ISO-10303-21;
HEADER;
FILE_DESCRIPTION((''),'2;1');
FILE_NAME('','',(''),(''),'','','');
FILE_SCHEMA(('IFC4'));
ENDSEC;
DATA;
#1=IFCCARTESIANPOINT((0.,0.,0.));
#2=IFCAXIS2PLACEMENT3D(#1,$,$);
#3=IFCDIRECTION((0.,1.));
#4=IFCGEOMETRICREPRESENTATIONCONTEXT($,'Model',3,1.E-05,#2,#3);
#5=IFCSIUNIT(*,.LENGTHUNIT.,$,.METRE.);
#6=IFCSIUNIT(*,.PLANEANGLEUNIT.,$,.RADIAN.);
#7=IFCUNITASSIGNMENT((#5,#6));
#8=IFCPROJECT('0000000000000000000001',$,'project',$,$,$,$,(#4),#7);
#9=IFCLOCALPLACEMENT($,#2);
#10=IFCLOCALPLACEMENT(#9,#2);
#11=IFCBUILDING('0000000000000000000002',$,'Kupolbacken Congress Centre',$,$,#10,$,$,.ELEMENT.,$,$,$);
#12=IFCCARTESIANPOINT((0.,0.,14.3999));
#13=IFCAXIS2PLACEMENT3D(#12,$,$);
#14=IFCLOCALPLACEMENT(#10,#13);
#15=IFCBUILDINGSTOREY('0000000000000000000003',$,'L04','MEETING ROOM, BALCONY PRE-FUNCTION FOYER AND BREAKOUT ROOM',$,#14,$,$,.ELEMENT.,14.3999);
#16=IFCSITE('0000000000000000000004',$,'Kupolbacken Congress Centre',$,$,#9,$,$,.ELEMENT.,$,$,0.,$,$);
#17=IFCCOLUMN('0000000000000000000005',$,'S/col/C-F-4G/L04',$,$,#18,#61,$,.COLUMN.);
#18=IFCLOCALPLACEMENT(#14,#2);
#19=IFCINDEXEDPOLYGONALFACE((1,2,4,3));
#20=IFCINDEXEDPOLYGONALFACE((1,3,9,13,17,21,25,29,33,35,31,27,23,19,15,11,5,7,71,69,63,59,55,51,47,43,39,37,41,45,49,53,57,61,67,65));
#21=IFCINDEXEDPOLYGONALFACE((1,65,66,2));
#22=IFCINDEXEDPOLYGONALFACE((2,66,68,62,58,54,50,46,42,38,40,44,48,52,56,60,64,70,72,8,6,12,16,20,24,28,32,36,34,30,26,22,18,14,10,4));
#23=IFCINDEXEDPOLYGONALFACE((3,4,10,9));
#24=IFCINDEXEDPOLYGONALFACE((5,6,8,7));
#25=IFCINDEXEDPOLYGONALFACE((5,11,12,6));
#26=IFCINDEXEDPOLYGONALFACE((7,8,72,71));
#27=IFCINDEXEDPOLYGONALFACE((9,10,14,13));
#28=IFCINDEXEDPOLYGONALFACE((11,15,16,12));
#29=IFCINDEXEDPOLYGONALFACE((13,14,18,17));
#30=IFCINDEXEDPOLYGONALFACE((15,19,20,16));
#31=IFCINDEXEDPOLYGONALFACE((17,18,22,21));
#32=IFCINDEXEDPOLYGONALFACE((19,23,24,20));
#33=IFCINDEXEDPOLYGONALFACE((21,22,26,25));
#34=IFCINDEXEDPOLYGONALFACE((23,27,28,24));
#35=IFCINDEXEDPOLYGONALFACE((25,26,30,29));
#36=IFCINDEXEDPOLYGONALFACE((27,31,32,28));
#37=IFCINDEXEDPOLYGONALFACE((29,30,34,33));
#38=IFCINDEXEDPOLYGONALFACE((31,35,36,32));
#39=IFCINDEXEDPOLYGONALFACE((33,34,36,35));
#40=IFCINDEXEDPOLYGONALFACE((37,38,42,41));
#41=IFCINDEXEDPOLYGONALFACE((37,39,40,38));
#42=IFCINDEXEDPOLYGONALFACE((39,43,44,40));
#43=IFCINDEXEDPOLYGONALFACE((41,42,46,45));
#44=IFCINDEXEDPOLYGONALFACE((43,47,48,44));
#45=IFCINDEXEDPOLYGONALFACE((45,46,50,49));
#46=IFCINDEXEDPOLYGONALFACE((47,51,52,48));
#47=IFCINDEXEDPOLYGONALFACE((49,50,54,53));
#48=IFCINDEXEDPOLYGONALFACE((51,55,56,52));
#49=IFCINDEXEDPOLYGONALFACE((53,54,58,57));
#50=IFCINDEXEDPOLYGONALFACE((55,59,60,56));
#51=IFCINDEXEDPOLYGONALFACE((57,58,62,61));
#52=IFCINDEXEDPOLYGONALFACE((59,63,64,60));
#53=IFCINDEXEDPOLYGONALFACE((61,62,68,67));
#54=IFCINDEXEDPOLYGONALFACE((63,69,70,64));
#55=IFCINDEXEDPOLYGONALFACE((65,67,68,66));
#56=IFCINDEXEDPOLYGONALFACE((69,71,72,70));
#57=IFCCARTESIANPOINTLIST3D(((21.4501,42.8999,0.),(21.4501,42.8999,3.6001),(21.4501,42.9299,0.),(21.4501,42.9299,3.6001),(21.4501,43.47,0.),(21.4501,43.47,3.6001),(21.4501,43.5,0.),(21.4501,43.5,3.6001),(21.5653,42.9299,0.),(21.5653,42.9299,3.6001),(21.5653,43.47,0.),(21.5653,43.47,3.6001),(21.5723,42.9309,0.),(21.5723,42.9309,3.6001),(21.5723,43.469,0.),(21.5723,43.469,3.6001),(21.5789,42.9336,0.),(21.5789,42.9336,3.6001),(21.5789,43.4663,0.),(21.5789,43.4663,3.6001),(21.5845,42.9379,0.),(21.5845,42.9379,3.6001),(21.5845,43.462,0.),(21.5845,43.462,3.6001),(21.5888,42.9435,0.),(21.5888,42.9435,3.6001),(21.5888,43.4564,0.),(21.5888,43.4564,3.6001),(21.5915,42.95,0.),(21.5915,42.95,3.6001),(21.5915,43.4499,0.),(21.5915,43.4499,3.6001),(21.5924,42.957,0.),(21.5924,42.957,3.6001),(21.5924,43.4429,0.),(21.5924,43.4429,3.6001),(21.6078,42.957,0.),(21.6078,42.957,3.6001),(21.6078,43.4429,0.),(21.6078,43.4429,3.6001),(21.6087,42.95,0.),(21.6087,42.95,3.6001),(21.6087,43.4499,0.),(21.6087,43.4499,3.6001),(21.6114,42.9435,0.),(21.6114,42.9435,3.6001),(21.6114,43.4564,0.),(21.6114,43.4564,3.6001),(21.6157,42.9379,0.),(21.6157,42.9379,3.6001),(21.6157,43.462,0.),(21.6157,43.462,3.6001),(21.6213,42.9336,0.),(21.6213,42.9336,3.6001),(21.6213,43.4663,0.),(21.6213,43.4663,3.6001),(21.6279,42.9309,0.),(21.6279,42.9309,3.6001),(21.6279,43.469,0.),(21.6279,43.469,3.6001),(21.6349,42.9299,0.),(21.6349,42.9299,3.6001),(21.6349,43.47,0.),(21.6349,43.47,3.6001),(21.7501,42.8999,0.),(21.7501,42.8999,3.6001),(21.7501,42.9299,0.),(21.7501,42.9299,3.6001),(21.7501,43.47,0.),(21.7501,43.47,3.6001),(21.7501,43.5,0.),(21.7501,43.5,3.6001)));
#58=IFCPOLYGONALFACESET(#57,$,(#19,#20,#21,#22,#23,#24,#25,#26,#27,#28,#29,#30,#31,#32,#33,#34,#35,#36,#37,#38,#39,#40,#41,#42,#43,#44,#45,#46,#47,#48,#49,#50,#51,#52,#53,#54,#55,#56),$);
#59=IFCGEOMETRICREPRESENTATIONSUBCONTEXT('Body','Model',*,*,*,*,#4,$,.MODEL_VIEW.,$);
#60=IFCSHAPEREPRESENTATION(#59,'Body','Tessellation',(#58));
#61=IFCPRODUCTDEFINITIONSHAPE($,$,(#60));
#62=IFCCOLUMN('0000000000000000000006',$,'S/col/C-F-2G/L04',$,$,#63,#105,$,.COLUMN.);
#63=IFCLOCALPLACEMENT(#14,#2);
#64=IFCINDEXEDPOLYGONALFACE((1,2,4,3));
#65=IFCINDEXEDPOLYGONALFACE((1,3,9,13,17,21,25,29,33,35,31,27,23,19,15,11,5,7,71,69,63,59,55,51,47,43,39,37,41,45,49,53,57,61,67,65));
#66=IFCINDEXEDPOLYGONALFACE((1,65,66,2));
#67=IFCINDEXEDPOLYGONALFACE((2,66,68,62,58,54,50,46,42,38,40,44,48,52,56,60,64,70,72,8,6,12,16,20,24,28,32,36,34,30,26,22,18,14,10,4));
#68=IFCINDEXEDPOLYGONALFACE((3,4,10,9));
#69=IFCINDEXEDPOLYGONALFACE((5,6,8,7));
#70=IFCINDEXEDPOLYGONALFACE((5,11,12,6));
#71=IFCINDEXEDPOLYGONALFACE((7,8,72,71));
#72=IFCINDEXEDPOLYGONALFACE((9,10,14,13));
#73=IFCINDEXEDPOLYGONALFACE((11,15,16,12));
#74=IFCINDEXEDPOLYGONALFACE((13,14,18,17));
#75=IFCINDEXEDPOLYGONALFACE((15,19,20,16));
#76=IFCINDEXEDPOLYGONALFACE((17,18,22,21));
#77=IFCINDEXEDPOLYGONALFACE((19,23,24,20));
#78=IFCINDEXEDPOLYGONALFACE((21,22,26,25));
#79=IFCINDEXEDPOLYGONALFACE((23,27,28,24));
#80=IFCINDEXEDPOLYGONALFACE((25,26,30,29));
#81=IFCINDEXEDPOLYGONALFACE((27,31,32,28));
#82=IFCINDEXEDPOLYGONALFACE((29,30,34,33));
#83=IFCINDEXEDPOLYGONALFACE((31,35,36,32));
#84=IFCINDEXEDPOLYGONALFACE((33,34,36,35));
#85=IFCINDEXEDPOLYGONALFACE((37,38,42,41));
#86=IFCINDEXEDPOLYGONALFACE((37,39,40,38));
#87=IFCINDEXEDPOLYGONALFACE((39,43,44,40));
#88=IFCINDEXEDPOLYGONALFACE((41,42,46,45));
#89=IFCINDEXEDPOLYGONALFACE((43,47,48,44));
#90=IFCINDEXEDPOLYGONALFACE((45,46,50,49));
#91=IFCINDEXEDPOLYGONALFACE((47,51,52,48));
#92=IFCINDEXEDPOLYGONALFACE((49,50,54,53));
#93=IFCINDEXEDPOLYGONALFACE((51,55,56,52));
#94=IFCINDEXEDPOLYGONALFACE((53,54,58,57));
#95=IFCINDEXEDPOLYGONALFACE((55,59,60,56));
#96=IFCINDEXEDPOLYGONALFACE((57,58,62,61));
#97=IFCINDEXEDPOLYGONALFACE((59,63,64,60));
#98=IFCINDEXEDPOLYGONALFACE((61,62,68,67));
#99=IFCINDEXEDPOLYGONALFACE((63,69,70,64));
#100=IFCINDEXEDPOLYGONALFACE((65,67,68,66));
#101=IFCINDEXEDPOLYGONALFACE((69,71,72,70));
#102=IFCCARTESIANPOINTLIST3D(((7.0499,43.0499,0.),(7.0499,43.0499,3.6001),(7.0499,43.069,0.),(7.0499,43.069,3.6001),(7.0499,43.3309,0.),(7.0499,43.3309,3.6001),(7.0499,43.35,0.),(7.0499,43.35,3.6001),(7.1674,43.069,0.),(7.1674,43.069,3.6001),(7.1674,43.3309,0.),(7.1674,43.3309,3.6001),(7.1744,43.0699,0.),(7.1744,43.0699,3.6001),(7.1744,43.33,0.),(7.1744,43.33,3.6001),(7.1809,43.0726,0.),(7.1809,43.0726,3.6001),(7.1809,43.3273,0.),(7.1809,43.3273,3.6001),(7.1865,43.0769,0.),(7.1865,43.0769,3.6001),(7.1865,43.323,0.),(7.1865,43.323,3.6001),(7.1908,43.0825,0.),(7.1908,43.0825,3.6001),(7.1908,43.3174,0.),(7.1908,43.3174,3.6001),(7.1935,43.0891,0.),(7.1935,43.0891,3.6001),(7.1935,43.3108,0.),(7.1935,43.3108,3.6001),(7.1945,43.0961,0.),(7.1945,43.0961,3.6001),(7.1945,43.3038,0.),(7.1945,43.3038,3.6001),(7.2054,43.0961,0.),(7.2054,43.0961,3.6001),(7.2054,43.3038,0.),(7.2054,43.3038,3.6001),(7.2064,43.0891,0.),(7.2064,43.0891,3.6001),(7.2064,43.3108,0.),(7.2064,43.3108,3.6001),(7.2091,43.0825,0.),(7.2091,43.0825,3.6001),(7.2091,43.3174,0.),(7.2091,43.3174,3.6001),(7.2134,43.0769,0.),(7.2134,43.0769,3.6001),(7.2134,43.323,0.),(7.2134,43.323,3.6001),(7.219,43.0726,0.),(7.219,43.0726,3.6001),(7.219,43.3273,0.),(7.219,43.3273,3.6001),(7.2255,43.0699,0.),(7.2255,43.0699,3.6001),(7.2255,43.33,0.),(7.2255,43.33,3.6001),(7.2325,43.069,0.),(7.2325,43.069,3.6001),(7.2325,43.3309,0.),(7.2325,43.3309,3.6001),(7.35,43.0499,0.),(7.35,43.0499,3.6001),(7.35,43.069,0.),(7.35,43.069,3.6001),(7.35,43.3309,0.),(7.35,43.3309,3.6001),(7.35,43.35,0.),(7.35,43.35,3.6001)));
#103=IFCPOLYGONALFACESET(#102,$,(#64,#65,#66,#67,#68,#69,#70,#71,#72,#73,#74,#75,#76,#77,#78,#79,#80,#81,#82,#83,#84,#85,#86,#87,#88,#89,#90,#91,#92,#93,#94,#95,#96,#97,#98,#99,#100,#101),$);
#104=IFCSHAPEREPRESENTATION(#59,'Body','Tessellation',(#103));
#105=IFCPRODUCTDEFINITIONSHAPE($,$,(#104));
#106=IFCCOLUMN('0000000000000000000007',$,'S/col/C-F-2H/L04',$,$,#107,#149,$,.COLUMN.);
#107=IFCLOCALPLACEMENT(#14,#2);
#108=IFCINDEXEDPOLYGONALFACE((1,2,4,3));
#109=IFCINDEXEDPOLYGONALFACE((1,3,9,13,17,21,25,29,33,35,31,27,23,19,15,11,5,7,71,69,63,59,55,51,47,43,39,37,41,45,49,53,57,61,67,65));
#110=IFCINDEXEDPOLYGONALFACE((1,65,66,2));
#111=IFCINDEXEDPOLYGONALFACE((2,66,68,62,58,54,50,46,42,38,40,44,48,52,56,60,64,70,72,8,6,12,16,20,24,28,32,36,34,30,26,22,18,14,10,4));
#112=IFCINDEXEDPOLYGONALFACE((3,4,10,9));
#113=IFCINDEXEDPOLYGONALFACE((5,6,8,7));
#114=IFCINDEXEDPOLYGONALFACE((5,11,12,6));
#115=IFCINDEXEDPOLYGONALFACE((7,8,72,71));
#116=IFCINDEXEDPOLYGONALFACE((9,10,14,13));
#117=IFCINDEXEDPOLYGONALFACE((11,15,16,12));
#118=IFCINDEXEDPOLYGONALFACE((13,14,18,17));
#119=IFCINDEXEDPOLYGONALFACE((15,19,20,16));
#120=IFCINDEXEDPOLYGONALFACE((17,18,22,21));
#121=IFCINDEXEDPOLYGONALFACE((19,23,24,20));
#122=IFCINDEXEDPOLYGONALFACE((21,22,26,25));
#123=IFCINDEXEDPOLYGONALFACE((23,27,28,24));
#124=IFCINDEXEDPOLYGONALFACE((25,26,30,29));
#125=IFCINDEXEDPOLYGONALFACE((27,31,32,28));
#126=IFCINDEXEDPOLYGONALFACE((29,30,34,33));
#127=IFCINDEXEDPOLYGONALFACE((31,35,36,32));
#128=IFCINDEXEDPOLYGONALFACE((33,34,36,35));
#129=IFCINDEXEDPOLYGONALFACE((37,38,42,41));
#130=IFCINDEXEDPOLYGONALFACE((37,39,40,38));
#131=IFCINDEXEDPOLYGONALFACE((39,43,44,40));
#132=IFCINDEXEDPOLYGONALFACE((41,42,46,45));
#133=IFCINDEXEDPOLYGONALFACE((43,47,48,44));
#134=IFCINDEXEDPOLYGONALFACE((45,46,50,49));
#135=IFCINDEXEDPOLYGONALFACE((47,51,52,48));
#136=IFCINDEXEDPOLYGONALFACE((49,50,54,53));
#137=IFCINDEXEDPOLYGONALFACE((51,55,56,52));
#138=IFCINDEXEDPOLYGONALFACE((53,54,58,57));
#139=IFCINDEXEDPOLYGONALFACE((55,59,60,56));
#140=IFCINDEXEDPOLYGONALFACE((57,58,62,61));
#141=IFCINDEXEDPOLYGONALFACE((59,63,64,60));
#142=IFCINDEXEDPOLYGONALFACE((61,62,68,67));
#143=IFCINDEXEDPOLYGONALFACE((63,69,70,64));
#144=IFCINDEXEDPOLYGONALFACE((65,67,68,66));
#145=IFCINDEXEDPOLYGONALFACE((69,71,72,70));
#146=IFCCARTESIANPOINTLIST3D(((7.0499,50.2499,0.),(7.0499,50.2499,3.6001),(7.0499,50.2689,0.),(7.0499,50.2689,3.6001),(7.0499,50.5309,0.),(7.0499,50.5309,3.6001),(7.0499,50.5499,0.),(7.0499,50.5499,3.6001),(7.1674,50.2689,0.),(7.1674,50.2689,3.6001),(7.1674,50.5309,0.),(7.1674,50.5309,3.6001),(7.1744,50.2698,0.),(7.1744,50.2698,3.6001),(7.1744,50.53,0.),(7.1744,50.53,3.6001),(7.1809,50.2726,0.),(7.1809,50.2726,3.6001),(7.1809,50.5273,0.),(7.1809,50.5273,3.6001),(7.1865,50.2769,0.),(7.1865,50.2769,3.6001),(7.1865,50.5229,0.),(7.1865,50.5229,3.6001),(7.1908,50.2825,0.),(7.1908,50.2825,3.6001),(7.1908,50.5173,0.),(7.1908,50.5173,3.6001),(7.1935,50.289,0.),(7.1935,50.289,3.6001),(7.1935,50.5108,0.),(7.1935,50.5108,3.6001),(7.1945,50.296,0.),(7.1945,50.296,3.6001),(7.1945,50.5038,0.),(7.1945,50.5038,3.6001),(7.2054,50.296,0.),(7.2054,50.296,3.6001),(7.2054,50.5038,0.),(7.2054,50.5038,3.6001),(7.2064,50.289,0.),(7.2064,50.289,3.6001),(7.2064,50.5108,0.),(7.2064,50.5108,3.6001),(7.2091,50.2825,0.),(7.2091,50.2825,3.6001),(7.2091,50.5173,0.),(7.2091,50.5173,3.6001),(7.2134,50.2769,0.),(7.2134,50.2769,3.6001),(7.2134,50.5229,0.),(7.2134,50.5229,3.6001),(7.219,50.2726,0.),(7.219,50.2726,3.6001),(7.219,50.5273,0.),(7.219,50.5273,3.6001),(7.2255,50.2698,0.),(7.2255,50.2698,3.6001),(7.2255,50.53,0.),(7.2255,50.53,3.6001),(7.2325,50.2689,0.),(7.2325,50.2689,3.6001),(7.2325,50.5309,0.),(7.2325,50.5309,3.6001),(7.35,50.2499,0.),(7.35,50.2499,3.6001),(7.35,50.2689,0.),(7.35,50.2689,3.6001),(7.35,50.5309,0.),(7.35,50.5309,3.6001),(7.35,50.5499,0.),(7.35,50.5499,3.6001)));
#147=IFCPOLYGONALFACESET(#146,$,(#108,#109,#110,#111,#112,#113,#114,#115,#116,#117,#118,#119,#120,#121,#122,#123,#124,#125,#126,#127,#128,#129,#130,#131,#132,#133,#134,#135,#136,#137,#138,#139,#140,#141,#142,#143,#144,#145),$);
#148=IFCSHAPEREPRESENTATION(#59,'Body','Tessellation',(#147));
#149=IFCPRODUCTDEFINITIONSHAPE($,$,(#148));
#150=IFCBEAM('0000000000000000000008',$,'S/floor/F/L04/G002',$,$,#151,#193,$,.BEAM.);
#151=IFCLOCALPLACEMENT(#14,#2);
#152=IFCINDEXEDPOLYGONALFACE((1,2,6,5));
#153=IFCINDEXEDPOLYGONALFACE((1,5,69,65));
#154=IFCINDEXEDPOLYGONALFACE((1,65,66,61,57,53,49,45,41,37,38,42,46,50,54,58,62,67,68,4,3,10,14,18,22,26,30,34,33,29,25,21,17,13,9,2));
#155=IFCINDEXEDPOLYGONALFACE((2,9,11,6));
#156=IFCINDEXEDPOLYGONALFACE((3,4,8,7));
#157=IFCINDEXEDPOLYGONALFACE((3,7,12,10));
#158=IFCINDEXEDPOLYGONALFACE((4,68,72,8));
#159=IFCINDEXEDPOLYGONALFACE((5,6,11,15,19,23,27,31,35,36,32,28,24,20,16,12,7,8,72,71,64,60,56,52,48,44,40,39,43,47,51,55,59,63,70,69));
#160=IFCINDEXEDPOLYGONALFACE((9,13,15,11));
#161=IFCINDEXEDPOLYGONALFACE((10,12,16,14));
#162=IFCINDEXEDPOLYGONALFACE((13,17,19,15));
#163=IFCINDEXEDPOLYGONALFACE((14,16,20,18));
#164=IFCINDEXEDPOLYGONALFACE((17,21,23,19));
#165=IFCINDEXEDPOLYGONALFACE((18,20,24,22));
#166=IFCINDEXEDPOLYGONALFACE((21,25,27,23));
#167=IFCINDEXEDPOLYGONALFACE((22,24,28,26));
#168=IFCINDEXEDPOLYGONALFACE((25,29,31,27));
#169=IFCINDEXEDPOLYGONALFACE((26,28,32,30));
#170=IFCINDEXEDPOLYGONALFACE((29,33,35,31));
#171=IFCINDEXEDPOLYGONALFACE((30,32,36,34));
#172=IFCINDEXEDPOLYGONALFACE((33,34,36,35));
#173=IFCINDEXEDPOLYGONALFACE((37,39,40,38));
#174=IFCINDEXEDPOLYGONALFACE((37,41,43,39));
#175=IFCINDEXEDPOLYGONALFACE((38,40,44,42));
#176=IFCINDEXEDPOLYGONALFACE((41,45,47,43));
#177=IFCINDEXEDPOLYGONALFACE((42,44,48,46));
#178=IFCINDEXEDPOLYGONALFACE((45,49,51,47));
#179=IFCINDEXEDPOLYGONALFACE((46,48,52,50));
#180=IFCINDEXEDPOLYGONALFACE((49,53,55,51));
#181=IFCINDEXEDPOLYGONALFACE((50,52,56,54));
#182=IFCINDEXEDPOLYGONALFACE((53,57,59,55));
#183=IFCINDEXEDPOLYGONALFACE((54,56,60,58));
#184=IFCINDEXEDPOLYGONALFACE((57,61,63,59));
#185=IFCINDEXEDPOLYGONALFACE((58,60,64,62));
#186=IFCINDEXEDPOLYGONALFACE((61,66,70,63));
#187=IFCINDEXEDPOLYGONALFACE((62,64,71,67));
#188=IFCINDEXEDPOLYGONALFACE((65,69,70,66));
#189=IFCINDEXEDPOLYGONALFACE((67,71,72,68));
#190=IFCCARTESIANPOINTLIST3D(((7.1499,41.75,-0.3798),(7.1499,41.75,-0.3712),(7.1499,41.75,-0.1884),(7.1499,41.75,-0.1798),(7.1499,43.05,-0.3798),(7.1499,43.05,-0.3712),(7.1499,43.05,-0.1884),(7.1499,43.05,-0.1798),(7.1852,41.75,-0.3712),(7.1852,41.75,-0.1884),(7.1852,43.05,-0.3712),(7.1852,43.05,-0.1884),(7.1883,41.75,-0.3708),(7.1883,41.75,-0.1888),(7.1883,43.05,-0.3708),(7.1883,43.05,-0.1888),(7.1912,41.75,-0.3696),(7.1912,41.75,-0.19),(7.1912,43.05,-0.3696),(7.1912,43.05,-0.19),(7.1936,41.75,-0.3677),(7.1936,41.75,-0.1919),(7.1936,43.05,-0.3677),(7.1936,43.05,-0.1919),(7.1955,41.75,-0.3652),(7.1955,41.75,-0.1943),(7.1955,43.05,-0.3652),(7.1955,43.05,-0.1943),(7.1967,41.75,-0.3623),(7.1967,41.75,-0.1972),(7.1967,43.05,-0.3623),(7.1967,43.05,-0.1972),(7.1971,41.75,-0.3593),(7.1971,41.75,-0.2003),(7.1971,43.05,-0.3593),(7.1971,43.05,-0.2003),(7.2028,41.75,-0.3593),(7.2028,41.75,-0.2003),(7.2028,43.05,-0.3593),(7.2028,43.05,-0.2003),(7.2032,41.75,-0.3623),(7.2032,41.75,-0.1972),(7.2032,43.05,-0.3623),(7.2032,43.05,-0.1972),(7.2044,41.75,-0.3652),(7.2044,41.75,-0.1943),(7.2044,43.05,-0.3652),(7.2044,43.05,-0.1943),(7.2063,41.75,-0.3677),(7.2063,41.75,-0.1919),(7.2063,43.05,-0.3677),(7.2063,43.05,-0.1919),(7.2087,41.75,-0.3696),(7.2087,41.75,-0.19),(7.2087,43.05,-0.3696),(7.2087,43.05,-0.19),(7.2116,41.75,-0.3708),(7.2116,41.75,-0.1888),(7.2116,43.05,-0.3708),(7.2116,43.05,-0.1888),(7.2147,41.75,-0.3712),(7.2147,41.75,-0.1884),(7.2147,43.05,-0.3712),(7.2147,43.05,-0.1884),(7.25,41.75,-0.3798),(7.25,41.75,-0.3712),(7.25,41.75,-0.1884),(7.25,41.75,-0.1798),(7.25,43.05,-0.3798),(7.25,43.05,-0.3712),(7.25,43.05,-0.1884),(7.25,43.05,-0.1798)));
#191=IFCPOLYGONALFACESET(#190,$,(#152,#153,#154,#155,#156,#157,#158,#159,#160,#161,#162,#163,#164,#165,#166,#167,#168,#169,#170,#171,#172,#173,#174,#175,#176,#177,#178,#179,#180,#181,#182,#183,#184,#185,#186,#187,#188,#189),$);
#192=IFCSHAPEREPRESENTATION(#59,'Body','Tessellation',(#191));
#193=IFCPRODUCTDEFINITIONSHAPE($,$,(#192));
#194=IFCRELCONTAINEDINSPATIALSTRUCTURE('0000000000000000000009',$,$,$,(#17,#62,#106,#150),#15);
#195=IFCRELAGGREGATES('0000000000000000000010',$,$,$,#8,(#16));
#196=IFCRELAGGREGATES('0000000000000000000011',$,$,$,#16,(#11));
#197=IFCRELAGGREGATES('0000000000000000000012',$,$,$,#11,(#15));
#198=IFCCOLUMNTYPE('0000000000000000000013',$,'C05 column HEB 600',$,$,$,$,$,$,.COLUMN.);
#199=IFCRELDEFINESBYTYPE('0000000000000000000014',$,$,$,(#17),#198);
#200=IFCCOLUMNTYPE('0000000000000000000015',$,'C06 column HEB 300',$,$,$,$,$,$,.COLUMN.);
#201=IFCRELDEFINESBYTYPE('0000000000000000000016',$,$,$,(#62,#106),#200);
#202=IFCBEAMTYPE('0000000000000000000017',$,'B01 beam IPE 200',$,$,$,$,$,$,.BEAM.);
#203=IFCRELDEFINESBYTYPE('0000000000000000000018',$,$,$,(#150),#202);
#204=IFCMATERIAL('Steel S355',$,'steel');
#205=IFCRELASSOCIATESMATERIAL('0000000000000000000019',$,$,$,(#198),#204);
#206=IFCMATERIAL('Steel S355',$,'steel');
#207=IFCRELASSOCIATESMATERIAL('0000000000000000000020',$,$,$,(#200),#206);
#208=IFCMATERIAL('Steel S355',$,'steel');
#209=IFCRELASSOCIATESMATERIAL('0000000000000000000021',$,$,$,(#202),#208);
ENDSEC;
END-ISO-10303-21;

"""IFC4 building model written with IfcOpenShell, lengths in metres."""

from ifc_helpers import new_model, si_unit, direction, frame, origin, origin_2d, place, context, subcontext, project, spatial, i_section, extrude, material, material_profile, profile_set, type_object, element, save


model = new_model("IFC4")

# Units and contexts
model_context = context("Model", 3, precision=1e-05, world=origin(), true_north=direction((0.0, 1.0)))
body_context = subcontext(model_context, "Body", "Model", "MODEL_VIEW")
ifc_project = project(units=[si_unit("LENGTHUNIT", "METRE"), si_unit("PLANEANGLEUNIT", "RADIAN")], contexts=[model_context])

# Site, building, storey
site_placement = place(None, origin())
site = spatial("IfcSite", under=ifc_project, at=site_placement, Name="Kupolbacken Congress Centre", CompositionType="ELEMENT", RefElevation=0.0)
building_placement = place(site_placement, origin())
building = spatial("IfcBuilding", under=site, at=building_placement, Name="Kupolbacken Congress Centre", CompositionType="ELEMENT")
storey_placement = place(building_placement, frame((0.0, 0.0, 14.3999)))
storey = spatial("IfcBuildingStorey", under=building, at=storey_placement, Name="L04", Description="MEETING ROOM, BALCONY PRE-FUNCTION FOYER AND BREAKOUT ROOM", CompositionType="ELEMENT", Elevation=14.3999)

# Columns
ifc_material_1 = material(Name="Steel S355", Category="steel")
ifc_material_profile_1 = material_profile(ifc_material_1, i_section(OverallWidth=0.3, OverallDepth=0.6001, WebThickness=0.0154, FlangeThickness=0.03, FilletRadius=0.0271, at=origin_2d()), Name="HEB 600")
ifc_profile_set_1 = profile_set([ifc_material_profile_1], Name="Steel S355")
column_type_1 = type_object("IfcColumnType", Name="C05 column HEB 600", PredefinedType="COLUMN", material=ifc_profile_set_1)
column_placement = place(storey_placement, frame((21.6001, 43.2, 0.0), z_axis=(0.0, 0.0, 1.0), x_axis=(1.0, 0.0, 0.0)))
element("IfcColumn", 1, at=column_placement, inside=storey, type_object=column_type_1, Name="S/col/C-F-4G/L04", PredefinedType="COLUMN", context=body_context, shape_type="SweptSolid", body=[
    extrude(i_section(OverallWidth=0.3, OverallDepth=0.6001, WebThickness=0.0154, FlangeThickness=0.03, FilletRadius=0.0271, at=origin_2d()), origin(), (0.0, 0.0, 1.0), 3.6001),
])
ifc_material_2 = material(Name="Steel S355", Category="steel")
ifc_material_profile_2 = material_profile(ifc_material_2, i_section(OverallWidth=0.3, OverallDepth=0.3, WebThickness=0.011, FlangeThickness=0.019, FilletRadius=0.0271, at=origin_2d()), Name="HEB 300")
ifc_profile_set_2 = profile_set([ifc_material_profile_2], Name="Steel S355")
column_type_2 = type_object("IfcColumnType", Name="C06 column HEB 300", PredefinedType="COLUMN", material=ifc_profile_set_2)
for number, where, z_axis, x_axis, name in (
    (2, (7.2, 43.2, 0.0), (0.0, 0.0, 1.0), (1.0, 0.0, 0.0), "S/col/C-F-2G/L04"),
    (3, (7.2, 50.3999, 0.0), (0.0, 0.0, 1.0), (1.0, 0.0, 0.0), "S/col/C-F-2H/L04"),
):
    element("IfcColumn", number, at=place(storey_placement, frame(where, z_axis=z_axis, x_axis=x_axis)), inside=storey, type_object=column_type_2, Name=name, PredefinedType="COLUMN", context=body_context, shape_type="SweptSolid", body=[
        extrude(i_section(OverallWidth=0.3, OverallDepth=0.3, WebThickness=0.011, FlangeThickness=0.019, FilletRadius=0.0271, at=origin_2d()), origin(), (0.0, 0.0, 1.0), 3.6001),
    ])

# Beam
ifc_material_3 = material(Name="Steel S355", Category="steel")
ifc_material_profile_3 = material_profile(ifc_material_3, i_section(OverallWidth=0.1001, OverallDepth=0.2, WebThickness=0.0056, FlangeThickness=0.0085, FilletRadius=0.012, at=origin_2d()), Name="IPE 200")
ifc_profile_set_3 = profile_set([ifc_material_profile_3], Name="Steel S355")
beam_type_1 = type_object("IfcBeamType", Name="B01 beam IPE 200", PredefinedType="BEAM", material=ifc_profile_set_3)
beam_1_placement = place(storey_placement, frame((7.2, 41.75, -0.2798), z_axis=(0.0, 1.0, 0.0), x_axis=(-1.0, 0.0, 0.0)))
element("IfcBeam", 4, at=beam_1_placement, inside=storey, type_object=beam_type_1, Name="S/floor/F/L04/G002", PredefinedType="BEAM", context=body_context, shape_type="SweptSolid", body=[
    extrude(i_section(OverallWidth=0.1001, OverallDepth=0.2, WebThickness=0.0056, FlangeThickness=0.0085, FilletRadius=0.012, at=origin_2d()), origin(), (0.0, 0.0, 1.0), 1.3),
])

save(model, "model.ifc")
